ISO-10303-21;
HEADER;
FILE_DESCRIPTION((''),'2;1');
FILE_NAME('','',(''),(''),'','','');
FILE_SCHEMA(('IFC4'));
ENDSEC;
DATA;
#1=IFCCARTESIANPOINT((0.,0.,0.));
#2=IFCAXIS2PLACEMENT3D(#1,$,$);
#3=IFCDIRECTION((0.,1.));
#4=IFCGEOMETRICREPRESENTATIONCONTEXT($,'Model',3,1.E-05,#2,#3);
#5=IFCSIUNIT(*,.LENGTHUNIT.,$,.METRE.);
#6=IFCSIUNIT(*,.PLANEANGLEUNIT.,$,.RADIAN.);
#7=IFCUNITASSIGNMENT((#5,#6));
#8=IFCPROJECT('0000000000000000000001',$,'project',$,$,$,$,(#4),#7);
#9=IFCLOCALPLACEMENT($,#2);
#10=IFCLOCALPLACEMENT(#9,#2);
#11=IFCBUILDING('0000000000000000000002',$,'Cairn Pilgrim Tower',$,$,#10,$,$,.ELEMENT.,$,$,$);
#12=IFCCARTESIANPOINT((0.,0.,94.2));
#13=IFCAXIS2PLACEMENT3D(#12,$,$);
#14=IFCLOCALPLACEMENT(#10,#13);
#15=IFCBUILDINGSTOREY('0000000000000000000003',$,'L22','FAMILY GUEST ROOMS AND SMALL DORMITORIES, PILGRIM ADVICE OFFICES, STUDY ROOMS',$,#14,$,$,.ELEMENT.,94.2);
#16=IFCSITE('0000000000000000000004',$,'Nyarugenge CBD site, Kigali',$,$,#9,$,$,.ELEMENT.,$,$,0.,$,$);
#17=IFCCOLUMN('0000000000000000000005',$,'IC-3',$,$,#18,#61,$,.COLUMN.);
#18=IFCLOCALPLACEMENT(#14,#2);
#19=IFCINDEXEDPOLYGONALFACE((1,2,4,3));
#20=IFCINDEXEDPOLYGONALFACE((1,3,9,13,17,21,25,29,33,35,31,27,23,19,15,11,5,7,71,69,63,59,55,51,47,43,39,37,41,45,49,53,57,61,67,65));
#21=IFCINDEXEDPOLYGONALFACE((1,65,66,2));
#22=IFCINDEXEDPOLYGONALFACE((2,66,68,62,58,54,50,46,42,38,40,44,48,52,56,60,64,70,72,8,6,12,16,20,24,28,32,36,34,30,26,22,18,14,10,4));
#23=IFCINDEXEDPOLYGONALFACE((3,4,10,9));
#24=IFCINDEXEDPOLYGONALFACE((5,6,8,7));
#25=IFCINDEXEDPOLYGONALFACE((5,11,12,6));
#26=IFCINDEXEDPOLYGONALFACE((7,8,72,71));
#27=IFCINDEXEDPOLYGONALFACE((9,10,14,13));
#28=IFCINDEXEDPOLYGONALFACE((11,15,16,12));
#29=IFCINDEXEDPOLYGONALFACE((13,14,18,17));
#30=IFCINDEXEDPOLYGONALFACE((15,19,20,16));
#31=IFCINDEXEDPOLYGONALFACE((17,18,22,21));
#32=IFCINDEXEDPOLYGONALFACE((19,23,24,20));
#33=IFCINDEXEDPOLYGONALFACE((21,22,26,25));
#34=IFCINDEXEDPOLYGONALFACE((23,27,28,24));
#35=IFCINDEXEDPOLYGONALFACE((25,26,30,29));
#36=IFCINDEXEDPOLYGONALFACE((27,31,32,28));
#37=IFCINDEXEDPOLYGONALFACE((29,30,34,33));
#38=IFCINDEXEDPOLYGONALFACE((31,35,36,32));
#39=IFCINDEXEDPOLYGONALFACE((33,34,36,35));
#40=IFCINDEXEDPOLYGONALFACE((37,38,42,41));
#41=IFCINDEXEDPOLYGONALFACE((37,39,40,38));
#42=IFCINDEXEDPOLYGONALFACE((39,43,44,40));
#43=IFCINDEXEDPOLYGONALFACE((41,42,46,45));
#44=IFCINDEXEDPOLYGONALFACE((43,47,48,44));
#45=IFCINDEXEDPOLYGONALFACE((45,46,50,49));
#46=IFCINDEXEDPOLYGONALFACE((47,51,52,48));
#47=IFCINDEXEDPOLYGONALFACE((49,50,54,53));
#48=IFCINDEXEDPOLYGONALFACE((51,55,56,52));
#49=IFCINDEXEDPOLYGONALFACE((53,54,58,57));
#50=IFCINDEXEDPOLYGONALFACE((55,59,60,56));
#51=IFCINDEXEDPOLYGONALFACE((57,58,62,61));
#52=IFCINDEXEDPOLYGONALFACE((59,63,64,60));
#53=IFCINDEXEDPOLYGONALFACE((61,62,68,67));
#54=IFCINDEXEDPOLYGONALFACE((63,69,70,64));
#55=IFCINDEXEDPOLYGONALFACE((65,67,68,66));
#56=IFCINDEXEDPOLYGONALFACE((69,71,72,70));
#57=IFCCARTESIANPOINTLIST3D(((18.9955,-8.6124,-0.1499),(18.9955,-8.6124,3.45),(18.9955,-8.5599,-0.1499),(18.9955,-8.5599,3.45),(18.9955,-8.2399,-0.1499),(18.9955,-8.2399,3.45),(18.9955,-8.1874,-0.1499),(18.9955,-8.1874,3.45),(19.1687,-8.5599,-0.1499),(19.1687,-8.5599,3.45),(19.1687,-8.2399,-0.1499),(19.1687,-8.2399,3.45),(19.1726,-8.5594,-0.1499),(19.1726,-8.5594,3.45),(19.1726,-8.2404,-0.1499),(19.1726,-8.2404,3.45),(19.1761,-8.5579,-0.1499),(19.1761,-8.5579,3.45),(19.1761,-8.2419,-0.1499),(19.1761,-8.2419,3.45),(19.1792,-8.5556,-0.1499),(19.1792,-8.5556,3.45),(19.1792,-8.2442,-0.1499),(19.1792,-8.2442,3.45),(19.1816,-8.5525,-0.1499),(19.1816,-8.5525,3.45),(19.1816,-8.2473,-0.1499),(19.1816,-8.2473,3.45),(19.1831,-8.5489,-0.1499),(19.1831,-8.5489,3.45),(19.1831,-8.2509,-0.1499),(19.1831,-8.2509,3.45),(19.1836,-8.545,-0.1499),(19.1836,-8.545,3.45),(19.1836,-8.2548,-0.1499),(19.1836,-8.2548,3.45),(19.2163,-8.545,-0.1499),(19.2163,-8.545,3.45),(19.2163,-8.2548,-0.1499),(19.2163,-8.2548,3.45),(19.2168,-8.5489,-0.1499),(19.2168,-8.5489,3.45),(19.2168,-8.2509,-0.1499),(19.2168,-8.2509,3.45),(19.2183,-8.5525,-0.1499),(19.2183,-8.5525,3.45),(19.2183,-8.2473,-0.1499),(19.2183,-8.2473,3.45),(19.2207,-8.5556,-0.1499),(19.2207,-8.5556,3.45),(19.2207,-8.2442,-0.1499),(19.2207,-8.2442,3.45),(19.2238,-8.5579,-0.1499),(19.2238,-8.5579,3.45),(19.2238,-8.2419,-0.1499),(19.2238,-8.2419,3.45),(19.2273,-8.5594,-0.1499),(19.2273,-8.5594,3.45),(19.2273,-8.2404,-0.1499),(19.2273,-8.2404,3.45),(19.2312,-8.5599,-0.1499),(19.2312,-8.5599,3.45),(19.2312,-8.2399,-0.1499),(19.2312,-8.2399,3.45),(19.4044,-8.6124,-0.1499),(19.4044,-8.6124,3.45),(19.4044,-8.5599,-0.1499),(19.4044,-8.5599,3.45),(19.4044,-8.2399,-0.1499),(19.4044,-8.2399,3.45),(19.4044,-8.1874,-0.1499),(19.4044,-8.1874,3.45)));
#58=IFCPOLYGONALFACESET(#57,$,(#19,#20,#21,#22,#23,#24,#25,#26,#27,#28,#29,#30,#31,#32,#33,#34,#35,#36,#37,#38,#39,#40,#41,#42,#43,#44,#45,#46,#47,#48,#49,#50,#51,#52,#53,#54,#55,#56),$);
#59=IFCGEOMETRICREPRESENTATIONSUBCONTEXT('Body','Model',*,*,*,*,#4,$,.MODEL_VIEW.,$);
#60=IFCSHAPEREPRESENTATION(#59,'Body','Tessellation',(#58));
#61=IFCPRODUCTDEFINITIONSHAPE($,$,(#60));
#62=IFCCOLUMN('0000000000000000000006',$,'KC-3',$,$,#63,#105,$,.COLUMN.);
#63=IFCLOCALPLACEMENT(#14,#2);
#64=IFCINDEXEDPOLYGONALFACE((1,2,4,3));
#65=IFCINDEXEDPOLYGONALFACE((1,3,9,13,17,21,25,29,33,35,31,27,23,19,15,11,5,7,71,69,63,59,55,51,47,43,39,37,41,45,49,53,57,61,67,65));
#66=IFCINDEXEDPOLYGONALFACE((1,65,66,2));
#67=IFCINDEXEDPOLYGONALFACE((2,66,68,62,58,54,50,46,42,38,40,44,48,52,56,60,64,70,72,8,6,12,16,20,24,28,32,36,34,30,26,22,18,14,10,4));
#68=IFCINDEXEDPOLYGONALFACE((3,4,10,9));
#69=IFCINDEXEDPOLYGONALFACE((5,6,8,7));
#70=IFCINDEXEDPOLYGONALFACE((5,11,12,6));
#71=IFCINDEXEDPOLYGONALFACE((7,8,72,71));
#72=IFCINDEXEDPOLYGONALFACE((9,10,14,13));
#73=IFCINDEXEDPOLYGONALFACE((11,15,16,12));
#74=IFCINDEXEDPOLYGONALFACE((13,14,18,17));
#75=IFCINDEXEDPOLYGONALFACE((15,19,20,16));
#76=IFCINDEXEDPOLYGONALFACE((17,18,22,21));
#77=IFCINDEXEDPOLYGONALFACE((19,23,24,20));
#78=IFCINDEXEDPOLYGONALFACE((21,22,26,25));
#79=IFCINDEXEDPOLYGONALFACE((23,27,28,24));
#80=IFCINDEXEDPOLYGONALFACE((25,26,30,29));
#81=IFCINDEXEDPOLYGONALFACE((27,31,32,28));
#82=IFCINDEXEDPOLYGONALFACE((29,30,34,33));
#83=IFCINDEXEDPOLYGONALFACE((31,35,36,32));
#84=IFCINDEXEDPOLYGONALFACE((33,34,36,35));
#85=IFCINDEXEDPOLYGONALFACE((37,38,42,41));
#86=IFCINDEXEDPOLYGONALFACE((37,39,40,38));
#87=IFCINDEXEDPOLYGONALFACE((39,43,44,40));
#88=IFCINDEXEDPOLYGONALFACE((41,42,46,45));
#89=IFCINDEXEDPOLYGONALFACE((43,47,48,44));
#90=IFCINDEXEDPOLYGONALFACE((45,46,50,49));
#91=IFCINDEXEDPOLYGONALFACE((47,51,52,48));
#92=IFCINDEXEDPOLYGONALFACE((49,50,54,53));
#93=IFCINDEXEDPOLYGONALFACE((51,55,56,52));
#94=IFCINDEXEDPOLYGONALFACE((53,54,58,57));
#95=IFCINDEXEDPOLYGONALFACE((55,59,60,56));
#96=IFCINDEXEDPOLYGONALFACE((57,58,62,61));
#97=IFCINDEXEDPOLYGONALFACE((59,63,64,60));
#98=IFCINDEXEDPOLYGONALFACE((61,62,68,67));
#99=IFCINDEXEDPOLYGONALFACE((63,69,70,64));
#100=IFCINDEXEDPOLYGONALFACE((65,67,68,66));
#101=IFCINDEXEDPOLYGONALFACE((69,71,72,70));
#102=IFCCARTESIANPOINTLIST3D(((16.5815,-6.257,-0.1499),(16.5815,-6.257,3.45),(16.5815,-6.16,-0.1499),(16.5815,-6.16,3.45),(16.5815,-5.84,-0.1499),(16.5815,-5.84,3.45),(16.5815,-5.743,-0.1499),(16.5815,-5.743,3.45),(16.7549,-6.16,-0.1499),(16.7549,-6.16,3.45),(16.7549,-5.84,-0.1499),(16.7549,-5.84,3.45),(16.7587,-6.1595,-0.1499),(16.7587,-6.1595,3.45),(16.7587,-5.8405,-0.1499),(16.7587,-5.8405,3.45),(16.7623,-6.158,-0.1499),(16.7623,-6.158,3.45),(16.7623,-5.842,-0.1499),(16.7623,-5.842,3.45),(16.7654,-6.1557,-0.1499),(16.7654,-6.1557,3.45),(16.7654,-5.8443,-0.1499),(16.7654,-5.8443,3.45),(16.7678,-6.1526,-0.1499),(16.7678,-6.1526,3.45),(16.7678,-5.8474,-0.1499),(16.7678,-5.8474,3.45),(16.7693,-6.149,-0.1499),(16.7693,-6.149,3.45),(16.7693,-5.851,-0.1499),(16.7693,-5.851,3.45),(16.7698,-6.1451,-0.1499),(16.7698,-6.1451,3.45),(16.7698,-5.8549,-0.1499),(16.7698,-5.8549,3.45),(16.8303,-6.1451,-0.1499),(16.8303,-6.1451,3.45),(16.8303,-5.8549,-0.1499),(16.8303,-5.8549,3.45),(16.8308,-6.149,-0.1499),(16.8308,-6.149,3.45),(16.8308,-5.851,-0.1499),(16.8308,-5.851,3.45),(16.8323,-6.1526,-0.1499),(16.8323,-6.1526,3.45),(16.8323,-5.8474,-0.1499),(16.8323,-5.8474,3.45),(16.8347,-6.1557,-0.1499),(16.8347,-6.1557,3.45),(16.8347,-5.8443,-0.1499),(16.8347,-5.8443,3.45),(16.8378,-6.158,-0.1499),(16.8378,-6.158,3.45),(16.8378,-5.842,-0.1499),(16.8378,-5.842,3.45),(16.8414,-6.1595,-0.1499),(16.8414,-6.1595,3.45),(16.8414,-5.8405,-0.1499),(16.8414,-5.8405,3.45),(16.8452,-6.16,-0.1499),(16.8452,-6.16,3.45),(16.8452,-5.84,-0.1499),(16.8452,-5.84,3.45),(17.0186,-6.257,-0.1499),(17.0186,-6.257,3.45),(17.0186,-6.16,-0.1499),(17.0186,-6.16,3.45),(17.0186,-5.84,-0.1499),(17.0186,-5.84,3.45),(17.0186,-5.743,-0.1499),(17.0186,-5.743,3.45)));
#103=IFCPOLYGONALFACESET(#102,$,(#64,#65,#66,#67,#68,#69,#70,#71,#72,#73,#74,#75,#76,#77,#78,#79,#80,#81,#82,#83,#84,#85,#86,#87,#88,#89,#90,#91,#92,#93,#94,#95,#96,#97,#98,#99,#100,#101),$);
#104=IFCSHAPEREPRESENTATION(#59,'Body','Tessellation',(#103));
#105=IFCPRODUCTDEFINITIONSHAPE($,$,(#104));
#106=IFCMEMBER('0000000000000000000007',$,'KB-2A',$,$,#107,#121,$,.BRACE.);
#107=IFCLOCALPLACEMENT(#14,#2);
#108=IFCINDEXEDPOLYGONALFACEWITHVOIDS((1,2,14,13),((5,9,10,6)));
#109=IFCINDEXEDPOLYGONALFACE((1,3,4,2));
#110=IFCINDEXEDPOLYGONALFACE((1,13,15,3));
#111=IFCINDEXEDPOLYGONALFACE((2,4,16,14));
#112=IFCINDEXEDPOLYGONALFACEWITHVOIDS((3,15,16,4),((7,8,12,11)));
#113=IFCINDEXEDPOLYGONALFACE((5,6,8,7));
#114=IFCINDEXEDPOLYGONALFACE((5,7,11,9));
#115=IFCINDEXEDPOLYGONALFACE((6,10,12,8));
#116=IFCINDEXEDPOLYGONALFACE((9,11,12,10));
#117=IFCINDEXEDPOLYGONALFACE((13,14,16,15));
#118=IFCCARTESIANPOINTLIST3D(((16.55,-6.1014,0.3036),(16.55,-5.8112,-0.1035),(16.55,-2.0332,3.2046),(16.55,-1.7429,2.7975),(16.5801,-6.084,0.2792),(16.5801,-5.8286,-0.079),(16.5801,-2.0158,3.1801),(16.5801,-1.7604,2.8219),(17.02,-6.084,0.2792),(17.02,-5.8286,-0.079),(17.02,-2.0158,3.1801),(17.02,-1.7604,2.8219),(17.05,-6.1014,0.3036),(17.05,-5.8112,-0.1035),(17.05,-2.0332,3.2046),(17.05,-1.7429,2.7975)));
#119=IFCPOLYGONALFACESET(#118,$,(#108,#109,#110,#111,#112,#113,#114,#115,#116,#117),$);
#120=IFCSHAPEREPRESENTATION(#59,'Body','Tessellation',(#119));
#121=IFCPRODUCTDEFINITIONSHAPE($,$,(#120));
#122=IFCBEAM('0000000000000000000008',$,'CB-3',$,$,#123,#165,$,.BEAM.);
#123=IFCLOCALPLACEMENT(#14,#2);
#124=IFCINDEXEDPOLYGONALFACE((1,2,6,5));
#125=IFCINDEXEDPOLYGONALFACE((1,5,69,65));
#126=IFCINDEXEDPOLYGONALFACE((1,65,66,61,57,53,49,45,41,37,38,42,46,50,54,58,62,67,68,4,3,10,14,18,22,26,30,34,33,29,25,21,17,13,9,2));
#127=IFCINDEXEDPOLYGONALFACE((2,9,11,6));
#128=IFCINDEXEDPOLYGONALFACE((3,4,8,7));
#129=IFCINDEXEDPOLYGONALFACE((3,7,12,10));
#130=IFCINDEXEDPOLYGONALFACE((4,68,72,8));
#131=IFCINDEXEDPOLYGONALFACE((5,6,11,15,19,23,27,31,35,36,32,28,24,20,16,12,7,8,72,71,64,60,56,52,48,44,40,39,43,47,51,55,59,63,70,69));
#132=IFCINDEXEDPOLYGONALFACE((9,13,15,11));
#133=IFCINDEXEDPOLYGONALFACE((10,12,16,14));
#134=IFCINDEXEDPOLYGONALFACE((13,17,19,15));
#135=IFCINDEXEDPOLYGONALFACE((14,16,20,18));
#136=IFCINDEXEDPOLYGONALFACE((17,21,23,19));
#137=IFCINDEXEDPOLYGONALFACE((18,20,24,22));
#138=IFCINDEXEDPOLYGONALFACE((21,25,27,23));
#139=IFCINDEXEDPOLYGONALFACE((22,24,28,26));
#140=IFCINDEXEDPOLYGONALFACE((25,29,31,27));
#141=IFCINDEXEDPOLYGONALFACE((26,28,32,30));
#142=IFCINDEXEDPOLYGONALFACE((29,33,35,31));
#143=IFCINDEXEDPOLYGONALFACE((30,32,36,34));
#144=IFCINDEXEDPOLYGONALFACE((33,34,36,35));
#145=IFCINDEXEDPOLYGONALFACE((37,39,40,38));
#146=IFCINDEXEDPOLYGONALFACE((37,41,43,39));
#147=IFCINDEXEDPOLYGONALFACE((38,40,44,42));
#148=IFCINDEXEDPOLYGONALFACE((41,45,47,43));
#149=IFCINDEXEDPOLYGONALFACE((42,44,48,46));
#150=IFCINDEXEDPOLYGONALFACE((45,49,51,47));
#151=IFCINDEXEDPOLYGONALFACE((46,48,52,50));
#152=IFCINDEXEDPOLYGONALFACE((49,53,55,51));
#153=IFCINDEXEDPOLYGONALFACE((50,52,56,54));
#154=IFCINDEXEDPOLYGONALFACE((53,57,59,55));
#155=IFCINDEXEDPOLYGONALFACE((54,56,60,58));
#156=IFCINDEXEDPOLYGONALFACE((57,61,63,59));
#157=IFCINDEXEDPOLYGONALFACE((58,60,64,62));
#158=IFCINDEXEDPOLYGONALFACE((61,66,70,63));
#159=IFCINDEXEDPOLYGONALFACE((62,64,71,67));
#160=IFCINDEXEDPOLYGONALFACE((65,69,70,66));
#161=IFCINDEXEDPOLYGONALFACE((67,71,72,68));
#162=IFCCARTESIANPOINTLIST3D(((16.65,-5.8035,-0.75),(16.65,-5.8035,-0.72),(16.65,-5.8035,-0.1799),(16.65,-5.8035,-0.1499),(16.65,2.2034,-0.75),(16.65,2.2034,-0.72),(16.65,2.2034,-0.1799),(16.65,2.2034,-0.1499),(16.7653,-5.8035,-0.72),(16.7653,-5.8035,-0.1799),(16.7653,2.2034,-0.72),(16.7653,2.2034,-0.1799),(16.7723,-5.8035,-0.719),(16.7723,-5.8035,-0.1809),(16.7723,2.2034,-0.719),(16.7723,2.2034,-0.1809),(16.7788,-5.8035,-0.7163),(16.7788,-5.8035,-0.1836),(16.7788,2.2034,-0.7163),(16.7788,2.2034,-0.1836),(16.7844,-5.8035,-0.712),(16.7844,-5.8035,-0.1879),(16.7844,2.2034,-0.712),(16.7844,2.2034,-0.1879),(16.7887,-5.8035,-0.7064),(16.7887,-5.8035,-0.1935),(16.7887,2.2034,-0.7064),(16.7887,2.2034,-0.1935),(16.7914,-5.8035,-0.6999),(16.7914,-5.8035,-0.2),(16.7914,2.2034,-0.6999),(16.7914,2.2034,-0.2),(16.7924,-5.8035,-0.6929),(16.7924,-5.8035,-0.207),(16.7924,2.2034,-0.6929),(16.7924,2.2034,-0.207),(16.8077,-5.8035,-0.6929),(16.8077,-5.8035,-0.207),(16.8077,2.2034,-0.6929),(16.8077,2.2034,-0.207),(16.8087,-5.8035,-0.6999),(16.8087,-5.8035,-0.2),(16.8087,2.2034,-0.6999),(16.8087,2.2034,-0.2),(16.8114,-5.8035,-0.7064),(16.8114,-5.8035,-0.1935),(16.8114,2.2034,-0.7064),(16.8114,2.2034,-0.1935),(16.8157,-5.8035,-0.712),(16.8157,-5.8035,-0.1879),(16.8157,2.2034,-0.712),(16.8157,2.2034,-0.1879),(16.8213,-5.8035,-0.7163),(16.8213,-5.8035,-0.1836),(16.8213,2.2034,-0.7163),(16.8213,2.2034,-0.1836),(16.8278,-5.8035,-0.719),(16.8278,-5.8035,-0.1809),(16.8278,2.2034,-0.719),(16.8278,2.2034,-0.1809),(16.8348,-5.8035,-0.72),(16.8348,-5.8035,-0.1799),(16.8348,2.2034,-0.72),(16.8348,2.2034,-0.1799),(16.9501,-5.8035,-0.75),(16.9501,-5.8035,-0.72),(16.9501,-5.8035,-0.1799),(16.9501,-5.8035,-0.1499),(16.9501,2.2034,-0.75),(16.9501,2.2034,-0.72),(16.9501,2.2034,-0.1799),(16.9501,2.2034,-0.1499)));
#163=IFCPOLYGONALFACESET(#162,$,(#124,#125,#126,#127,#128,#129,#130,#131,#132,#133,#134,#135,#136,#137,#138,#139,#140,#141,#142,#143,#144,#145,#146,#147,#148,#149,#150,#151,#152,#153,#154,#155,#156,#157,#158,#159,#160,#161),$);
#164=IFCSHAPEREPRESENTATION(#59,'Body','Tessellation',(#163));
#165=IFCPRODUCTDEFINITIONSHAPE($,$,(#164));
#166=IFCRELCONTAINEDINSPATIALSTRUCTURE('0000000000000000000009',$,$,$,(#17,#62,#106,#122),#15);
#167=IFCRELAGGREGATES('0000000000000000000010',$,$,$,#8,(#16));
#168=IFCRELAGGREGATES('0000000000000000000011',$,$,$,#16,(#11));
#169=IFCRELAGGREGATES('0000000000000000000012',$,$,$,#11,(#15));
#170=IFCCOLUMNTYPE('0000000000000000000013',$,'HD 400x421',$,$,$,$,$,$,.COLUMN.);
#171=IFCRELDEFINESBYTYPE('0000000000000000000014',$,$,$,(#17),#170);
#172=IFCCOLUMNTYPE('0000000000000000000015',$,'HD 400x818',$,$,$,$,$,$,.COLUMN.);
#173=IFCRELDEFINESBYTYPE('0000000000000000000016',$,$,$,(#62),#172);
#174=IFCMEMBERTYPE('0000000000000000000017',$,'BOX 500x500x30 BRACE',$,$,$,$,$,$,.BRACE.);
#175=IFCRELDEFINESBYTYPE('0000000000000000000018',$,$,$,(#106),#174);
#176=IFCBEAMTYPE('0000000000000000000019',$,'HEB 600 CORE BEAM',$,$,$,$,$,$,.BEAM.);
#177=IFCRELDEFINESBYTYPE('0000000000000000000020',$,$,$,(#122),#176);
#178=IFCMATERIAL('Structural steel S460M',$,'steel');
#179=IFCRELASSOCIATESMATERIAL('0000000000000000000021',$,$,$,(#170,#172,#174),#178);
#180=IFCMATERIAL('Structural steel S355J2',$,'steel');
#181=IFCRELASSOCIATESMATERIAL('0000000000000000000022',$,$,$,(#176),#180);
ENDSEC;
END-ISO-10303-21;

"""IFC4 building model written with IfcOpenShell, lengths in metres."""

from ifc_helpers import new_model, si_unit, direction, frame, origin, origin_2d, place, context, subcontext, project, spatial, hollow_rectangle, i_section, extrude, material, material_profile, profile_set, type_object, element, save


model = new_model("IFC4")

# Units and contexts
model_context = context("Model", 3, precision=1e-05, world=origin(), true_north=direction((0.0, 1.0)))
body_context = subcontext(model_context, "Body", "Model", "MODEL_VIEW")
ifc_project = project(units=[si_unit("LENGTHUNIT", "METRE"), si_unit("PLANEANGLEUNIT", "RADIAN")], contexts=[model_context])

# Site, building, storey
site_placement = place(None, origin())
site = spatial("IfcSite", under=ifc_project, at=site_placement, Name="Nyarugenge CBD site, Kigali", CompositionType="ELEMENT", RefElevation=0.0)
building_placement = place(site_placement, origin())
building = spatial("IfcBuilding", under=site, at=building_placement, Name="Cairn Pilgrim Tower", CompositionType="ELEMENT")
storey_placement = place(building_placement, frame((0.0, 0.0, 94.2)))
storey = spatial("IfcBuildingStorey", under=building, at=storey_placement, Name="L22", Description="FAMILY GUEST ROOMS AND SMALL DORMITORIES, PILGRIM ADVICE OFFICES, STUDY ROOMS", CompositionType="ELEMENT", Elevation=94.2)

# Columns
ifc_material_1 = material(Name="Structural steel S460M", Category="steel")
ifc_material_profile_1 = material_profile(ifc_material_1, i_section(OverallWidth=0.4089, OverallDepth=0.425, WebThickness=0.0327, FlangeThickness=0.0525, FilletRadius=0.0149, at=origin_2d()), Name="HD 400x421")
ifc_profile_set_1 = profile_set([ifc_material_profile_1], Name="Structural steel S460M")
column_type_1 = type_object("IfcColumnType", Name="HD 400x421", PredefinedType="COLUMN", material=ifc_profile_set_1)
column_1_placement = place(storey_placement, frame((19.2, -8.3999, -0.1499), z_axis=(0.0, 0.0, 1.0), x_axis=(1.0, 0.0, 0.0)))
element("IfcColumn", 1, at=column_1_placement, inside=storey, type_object=column_type_1, Name="IC-3", PredefinedType="COLUMN", context=body_context, shape_type="SweptSolid", body=[
    extrude(i_section(OverallWidth=0.4089, OverallDepth=0.425, WebThickness=0.0327, FlangeThickness=0.0525, FilletRadius=0.0149, at=origin_2d()), origin(), (0.0, 0.0, 1.0), 3.5999),
])
ifc_material_profile_2 = material_profile(ifc_material_1, i_section(OverallWidth=0.437, OverallDepth=0.5139, WebThickness=0.0605, FlangeThickness=0.0969, FilletRadius=0.0149, at=origin_2d()), Name="HD 400x818")
ifc_profile_set_2 = profile_set([ifc_material_profile_2], Name="Structural steel S460M")
column_type_2 = type_object("IfcColumnType", Name="HD 400x818", PredefinedType="COLUMN", material=ifc_profile_set_2)
column_2_placement = place(storey_placement, frame((16.8, -6.0, -0.1499), z_axis=(0.0, 0.0, 1.0), x_axis=(1.0, 0.0, 0.0)))
element("IfcColumn", 2, at=column_2_placement, inside=storey, type_object=column_type_2, Name="KC-3", PredefinedType="COLUMN", context=body_context, shape_type="SweptSolid", body=[
    extrude(i_section(OverallWidth=0.437, OverallDepth=0.5139, WebThickness=0.0605, FlangeThickness=0.0969, FilletRadius=0.0149, at=origin_2d()), origin(), (0.0, 0.0, 1.0), 3.5999),
])

# Member
ifc_material_profile_3 = material_profile(ifc_material_1, hollow_rectangle(XDim=0.5, YDim=0.5, WallThickness=0.03, at=origin_2d()), Name="BOX 500x500x30")
ifc_profile_set_3 = profile_set([ifc_material_profile_3], Name="Structural steel S460M")
member_type = type_object("IfcMemberType", Name="BOX 500x500x30 BRACE", PredefinedType="BRACE", material=ifc_profile_set_3)
member_placement = place(storey_placement, frame((16.8, -5.9563, 0.1001), z_axis=(0.0, 0.814199, 0.580586), x_axis=(-1.0, 0.0, 0.0)))
element("IfcMember", 3, at=member_placement, inside=storey, type_object=member_type, Name="KB-2A", PredefinedType="BRACE", context=body_context, shape_type="SweptSolid", body=[
    extrude(hollow_rectangle(XDim=0.5, YDim=0.5, WallThickness=0.03, at=origin_2d()), origin(), (0.0, 0.0, 1.0), 4.9966),
])

# Beam
ifc_material_2 = material(Name="Structural steel S355J2", Category="steel")
ifc_material_profile_4 = material_profile(ifc_material_2, i_section(OverallWidth=0.3, OverallDepth=0.6001, WebThickness=0.0154, FlangeThickness=0.03, FilletRadius=0.0271, at=origin_2d()), Name="HEB 600")
ifc_profile_set_4 = profile_set([ifc_material_profile_4], Name="Structural steel S355J2")
beam_type_1 = type_object("IfcBeamType", Name="HEB 600 CORE BEAM", PredefinedType="BEAM", material=ifc_profile_set_4)
beam_1_placement = place(storey_placement, frame((16.8, -5.8035, -0.45), z_axis=(0.0, 1.0, 0.0), x_axis=(-1.0, 0.0, 0.0)))
element("IfcBeam", 4, at=beam_1_placement, inside=storey, type_object=beam_type_1, Name="CB-3", PredefinedType="BEAM", context=body_context, shape_type="SweptSolid", body=[
    extrude(i_section(OverallWidth=0.3, OverallDepth=0.6001, WebThickness=0.0154, FlangeThickness=0.03, FilletRadius=0.0271, at=origin_2d()), origin(), (0.0, 0.0, 1.0), 8.0068),
])

save(model, "model.ifc")
